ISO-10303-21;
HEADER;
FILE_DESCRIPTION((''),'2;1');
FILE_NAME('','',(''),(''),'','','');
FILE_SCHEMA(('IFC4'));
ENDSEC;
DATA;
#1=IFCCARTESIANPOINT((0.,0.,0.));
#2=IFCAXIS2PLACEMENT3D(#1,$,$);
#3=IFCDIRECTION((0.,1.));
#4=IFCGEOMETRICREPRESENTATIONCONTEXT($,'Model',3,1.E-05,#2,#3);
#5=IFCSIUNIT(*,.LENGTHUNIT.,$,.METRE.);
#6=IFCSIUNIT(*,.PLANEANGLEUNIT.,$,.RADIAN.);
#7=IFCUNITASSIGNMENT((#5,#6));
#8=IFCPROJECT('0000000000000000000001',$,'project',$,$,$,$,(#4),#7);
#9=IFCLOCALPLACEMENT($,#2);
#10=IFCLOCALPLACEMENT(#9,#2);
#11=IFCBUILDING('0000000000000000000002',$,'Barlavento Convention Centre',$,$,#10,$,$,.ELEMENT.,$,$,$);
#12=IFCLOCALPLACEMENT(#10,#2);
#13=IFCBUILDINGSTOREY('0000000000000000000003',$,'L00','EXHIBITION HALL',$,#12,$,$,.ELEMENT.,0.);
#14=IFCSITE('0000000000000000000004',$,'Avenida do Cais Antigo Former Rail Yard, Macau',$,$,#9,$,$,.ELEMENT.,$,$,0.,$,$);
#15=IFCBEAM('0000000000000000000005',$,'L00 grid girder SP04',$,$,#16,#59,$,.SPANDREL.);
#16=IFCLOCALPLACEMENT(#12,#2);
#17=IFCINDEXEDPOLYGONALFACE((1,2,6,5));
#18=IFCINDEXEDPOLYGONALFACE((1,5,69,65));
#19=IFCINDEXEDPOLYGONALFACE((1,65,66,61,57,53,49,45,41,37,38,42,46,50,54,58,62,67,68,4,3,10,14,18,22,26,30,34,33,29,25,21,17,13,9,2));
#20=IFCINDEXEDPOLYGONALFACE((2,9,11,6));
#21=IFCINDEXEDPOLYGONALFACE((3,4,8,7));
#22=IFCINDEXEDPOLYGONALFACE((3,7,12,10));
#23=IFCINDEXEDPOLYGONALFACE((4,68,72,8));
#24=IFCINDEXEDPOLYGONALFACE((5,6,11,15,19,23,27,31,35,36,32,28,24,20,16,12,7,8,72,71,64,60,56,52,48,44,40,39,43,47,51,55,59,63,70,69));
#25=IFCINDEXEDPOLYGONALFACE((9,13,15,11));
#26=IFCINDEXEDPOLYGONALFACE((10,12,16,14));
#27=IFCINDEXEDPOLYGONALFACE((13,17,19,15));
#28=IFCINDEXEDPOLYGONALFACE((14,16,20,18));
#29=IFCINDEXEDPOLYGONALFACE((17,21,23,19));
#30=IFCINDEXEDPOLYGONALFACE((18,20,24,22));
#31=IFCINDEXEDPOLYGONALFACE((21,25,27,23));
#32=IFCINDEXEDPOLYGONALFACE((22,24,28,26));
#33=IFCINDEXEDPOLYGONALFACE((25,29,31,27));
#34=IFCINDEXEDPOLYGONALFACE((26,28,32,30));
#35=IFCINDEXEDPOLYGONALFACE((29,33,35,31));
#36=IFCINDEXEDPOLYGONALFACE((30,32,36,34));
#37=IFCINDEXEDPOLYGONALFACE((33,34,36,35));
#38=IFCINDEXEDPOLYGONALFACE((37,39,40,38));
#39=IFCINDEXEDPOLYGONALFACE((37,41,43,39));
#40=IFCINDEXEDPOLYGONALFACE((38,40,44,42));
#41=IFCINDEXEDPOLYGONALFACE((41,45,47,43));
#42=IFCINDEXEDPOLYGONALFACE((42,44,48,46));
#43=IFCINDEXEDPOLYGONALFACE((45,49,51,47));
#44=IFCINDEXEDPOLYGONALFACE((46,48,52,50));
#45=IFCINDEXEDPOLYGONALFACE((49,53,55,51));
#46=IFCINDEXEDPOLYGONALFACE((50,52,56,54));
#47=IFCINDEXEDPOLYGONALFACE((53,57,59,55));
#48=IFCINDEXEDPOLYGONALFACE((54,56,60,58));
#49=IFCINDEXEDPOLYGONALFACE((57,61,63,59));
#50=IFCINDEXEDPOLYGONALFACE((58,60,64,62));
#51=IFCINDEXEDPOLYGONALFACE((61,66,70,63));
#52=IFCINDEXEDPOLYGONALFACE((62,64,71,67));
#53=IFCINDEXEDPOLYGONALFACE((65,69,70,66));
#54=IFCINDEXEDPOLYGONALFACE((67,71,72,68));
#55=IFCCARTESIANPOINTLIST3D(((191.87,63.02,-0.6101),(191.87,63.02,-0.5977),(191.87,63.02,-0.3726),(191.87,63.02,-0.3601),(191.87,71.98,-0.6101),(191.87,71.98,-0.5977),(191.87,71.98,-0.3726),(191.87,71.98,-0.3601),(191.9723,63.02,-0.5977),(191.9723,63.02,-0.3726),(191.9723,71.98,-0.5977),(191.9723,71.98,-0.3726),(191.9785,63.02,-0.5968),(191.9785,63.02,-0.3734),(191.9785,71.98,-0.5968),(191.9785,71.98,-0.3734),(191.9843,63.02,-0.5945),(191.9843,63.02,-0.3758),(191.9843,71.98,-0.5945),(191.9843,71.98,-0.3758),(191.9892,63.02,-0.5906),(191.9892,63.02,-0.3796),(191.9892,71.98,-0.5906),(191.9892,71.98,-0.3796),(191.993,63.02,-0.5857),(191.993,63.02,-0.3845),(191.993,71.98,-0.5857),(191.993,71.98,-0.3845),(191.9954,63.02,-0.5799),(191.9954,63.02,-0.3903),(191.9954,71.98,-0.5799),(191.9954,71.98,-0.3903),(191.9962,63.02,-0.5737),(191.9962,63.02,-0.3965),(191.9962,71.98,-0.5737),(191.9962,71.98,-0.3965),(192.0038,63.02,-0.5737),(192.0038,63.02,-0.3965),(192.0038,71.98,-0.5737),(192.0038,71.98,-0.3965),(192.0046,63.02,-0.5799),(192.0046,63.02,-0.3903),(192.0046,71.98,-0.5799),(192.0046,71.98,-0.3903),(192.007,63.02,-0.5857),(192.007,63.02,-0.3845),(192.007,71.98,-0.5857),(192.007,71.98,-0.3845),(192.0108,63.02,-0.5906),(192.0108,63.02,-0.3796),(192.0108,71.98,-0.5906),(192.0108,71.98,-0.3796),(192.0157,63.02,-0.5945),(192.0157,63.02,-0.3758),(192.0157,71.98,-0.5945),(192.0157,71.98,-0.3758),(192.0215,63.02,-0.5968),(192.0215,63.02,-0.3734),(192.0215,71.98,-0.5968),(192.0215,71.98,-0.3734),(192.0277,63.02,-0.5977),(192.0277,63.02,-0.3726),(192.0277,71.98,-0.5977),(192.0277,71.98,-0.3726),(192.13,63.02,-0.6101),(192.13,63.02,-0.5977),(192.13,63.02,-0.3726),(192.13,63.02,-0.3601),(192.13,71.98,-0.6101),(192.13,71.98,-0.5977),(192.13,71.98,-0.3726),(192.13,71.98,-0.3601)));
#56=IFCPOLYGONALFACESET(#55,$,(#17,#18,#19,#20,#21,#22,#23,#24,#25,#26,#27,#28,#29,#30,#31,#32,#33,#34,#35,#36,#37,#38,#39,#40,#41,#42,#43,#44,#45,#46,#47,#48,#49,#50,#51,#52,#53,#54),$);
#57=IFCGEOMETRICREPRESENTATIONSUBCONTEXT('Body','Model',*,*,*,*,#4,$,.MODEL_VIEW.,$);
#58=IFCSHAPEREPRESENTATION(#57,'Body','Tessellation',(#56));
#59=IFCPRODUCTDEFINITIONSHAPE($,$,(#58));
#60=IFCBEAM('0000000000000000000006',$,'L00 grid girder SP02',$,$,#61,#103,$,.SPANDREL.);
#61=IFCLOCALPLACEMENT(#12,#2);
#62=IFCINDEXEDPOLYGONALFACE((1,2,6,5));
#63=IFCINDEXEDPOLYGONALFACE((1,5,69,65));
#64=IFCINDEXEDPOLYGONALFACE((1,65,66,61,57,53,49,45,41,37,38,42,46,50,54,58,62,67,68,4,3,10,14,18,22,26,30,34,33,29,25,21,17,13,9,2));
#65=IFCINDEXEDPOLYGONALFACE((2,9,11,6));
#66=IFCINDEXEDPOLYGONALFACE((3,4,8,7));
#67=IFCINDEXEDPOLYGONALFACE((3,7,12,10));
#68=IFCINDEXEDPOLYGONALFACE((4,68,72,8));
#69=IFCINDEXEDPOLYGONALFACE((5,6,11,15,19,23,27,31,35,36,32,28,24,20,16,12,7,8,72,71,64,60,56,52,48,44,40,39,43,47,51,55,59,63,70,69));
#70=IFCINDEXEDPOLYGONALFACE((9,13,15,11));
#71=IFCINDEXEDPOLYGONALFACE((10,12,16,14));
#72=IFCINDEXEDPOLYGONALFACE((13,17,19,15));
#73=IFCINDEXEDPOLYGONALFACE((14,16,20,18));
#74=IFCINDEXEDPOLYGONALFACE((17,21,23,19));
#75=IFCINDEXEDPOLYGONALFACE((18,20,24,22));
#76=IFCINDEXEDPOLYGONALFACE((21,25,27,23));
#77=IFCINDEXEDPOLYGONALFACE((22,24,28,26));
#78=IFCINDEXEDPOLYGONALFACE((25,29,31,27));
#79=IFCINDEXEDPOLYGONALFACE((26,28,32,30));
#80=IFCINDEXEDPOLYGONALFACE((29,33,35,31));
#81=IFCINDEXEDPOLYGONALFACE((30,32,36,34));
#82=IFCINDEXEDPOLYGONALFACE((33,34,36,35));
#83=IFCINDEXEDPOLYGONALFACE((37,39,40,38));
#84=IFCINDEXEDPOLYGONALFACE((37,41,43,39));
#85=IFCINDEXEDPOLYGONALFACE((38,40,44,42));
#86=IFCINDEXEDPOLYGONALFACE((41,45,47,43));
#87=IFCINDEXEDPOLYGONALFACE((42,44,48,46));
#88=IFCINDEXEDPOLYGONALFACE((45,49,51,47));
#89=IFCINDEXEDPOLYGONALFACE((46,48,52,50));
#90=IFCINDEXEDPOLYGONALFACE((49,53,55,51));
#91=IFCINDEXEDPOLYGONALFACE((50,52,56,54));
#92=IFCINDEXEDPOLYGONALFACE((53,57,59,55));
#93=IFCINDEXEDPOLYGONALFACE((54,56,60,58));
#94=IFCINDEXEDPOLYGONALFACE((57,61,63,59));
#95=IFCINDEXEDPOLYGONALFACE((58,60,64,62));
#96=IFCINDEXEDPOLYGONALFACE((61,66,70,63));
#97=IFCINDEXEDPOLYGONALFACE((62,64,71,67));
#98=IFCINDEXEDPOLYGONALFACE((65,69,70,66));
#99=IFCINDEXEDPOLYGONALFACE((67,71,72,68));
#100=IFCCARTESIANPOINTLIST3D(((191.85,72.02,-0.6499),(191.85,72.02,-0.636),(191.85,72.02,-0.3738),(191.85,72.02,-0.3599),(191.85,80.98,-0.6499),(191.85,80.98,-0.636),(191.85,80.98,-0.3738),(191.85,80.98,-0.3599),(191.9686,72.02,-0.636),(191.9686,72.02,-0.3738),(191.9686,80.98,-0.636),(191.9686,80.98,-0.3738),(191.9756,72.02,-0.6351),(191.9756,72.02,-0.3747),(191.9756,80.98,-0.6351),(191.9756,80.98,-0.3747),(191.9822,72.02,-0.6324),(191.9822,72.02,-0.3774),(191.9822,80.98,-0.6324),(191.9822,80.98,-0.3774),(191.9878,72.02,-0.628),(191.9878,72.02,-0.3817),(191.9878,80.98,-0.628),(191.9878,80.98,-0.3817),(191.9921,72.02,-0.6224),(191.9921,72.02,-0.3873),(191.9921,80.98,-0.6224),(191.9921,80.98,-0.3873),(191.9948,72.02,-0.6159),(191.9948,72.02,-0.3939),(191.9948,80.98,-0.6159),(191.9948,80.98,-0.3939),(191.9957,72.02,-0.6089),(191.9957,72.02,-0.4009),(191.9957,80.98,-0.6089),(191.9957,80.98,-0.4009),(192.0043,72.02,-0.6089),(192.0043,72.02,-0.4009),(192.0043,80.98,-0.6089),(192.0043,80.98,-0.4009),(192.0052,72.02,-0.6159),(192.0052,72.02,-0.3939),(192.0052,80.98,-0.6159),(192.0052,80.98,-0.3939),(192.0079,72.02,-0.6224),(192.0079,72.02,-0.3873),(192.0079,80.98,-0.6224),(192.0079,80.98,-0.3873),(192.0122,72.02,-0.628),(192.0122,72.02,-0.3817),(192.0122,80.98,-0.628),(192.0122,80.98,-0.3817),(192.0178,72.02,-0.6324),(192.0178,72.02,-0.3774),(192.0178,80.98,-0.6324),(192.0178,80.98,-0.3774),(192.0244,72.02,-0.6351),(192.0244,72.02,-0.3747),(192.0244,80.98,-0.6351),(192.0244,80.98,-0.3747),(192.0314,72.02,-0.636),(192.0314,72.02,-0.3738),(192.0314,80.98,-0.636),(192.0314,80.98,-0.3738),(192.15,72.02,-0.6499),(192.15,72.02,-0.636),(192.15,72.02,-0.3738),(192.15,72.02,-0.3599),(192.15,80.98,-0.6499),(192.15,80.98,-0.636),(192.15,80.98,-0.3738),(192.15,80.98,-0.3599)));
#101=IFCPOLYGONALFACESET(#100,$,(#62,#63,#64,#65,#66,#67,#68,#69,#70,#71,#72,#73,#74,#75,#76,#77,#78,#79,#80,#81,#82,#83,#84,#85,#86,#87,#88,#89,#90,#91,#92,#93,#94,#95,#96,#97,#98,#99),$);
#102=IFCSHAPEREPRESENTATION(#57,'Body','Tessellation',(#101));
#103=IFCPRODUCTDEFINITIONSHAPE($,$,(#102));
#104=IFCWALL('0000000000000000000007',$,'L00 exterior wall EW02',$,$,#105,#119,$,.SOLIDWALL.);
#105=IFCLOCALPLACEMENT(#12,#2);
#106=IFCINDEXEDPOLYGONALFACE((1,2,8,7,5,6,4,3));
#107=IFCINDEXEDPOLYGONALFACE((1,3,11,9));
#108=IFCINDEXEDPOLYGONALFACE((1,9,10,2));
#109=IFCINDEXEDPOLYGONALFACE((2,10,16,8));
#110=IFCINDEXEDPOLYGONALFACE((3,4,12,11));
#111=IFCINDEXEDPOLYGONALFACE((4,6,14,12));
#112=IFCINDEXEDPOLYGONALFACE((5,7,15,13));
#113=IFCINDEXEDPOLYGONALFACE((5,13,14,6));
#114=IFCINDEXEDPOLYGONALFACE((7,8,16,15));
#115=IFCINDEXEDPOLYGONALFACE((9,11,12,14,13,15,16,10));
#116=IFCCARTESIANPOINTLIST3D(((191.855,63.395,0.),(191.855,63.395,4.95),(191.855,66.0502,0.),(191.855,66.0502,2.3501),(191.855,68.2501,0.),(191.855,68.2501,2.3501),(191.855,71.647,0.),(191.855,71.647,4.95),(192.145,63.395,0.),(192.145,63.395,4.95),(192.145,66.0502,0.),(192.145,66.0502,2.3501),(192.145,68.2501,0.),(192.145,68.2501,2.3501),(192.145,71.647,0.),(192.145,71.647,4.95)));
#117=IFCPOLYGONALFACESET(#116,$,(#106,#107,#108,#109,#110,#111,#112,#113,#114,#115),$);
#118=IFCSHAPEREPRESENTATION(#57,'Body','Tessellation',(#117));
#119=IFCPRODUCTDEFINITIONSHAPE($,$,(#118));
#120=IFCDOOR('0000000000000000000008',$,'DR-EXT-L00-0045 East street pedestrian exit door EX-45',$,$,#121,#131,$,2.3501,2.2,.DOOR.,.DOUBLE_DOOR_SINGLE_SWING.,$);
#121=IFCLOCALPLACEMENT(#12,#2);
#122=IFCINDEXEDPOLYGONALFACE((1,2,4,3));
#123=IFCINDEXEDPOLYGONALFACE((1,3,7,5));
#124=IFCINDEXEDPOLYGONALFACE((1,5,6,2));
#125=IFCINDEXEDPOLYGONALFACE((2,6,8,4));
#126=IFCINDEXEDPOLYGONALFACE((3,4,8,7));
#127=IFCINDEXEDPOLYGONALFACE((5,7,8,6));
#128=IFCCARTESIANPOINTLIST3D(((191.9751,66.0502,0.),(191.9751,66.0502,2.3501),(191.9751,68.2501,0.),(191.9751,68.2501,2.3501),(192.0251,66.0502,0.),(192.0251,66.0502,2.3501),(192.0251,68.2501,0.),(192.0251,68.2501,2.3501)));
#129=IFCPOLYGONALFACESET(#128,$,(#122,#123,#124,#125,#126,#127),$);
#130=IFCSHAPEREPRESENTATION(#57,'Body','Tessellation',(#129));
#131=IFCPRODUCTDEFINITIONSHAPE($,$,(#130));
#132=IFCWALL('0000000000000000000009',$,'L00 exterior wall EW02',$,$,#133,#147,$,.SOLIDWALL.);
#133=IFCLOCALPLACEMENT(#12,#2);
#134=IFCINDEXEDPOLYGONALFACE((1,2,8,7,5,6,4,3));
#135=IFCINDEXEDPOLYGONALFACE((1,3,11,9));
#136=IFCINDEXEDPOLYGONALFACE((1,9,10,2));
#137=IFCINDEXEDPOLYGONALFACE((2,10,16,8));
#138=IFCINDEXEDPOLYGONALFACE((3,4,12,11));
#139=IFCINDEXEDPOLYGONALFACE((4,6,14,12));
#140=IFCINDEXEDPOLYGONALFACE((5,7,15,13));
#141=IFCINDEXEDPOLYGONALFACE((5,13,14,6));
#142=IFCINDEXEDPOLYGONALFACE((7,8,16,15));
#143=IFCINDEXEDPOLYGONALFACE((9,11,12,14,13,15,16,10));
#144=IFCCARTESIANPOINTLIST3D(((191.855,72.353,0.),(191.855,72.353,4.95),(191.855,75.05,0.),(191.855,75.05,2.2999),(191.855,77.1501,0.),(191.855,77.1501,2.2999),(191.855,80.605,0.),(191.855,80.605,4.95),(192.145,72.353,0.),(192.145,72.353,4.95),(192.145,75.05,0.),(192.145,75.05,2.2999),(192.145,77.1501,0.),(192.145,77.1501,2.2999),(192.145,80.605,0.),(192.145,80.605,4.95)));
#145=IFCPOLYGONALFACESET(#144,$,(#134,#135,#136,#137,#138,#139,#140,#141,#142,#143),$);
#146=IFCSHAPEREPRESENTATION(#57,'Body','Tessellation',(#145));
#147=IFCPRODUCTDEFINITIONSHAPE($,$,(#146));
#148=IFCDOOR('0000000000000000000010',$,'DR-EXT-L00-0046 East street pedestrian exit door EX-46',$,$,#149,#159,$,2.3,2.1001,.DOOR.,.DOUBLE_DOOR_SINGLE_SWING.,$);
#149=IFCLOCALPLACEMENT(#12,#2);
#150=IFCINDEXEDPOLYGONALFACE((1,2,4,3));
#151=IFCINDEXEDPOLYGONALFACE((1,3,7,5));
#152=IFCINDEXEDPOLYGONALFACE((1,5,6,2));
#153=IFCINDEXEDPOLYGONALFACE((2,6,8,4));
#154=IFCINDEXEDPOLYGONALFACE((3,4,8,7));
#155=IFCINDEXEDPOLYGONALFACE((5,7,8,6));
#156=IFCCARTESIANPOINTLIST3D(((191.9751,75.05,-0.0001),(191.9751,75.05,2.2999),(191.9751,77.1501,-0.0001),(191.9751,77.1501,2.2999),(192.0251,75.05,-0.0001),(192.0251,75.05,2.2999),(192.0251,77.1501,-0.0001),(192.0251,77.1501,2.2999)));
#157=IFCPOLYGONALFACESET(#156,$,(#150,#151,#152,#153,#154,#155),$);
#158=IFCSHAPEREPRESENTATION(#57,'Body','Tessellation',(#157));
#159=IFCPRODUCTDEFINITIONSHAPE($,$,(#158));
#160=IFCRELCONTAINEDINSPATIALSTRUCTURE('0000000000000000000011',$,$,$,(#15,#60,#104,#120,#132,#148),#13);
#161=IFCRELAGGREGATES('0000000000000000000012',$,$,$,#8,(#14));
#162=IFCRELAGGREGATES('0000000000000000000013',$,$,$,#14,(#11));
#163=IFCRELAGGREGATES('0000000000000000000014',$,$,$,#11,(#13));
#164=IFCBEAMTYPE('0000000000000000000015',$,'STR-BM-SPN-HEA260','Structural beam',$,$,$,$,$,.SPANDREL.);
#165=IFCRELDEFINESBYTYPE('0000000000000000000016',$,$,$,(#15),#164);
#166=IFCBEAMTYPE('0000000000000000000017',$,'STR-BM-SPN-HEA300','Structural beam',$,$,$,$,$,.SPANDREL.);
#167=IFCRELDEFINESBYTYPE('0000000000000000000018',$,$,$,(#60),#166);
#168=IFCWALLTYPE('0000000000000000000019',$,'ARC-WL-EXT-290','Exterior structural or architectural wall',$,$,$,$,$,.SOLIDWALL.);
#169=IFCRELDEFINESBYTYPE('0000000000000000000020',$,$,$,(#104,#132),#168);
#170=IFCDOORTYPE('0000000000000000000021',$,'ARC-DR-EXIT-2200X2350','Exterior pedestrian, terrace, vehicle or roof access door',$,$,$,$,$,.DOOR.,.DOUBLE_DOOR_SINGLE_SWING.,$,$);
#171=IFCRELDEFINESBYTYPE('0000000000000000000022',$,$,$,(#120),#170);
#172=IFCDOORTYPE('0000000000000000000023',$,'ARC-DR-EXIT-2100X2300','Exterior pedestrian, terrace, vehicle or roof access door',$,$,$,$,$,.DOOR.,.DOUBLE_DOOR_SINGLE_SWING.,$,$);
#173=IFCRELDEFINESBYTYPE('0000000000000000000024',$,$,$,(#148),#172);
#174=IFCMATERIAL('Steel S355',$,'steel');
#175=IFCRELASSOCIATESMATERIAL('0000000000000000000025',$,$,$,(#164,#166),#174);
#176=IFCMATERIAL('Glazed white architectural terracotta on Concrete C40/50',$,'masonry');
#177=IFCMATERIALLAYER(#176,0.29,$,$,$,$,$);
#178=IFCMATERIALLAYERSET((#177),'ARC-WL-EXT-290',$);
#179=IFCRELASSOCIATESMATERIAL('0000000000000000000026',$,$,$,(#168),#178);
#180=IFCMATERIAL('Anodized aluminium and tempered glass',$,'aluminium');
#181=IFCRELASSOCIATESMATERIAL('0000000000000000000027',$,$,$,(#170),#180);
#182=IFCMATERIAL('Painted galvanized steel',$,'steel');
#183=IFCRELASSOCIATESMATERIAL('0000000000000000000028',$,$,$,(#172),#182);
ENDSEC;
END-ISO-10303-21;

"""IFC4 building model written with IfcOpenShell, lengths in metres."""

from ifc_helpers import new_model, si_unit, direction, frame, frame_2d, origin, origin_2d, place, context, subcontext, project, spatial, rectangle, i_section, extrude, material, layer, layer_set, material_profile, profile_set, type_object, element, fill, save


model = new_model("IFC4")

# Units and contexts
model_context = context("Model", 3, precision=1e-05, world=origin(), true_north=direction((0.0, 1.0)))
body_context = subcontext(model_context, "Body", "Model", "MODEL_VIEW")
ifc_project = project(units=[si_unit("LENGTHUNIT", "METRE"), si_unit("PLANEANGLEUNIT", "RADIAN")], contexts=[model_context])

# Site, building, storey
site_placement = place(None, origin())
site = spatial("IfcSite", under=ifc_project, at=site_placement, Name="Avenida do Cais Antigo Former Rail Yard, Macau", CompositionType="ELEMENT", RefElevation=0.0)
building_placement = place(site_placement, origin())
building = spatial("IfcBuilding", under=site, at=building_placement, Name="Barlavento Convention Centre", CompositionType="ELEMENT")
storey_placement = place(building_placement, origin())
storey = spatial("IfcBuildingStorey", under=building, at=storey_placement, Name="L00", Description="EXHIBITION HALL", CompositionType="ELEMENT", Elevation=0.0)

# Beams
ifc_material_1 = material(Name="Steel S355", Category="steel")
ifc_material_profile_1 = material_profile(ifc_material_1, i_section(OverallWidth=0.26, OverallDepth=0.25, WebThickness=0.0076, FlangeThickness=0.0125, FilletRadius=0.0239, at=origin_2d()), Name="HEA 260")
ifc_profile_set_1 = profile_set([ifc_material_profile_1], Name="Steel S355")
beam_type_1 = type_object("IfcBeamType", Name="STR-BM-SPN-HEA260", Description="Structural beam", PredefinedType="SPANDREL", material=ifc_profile_set_1)
beam_1_placement = place(storey_placement, frame((192.0, 63.02, -0.4851), z_axis=(0.0, 1.0, 0.0), x_axis=(-1.0, 0.0, 0.0)))
element("IfcBeam", 1, at=beam_1_placement, inside=storey, type_object=beam_type_1, Name="L00 grid girder SP04", PredefinedType="SPANDREL", context=body_context, shape_type="SweptSolid", body=[
    extrude(i_section(OverallWidth=0.26, OverallDepth=0.25, WebThickness=0.0076, FlangeThickness=0.0125, FilletRadius=0.0239, at=origin_2d()), origin(), (0.0, 0.0, 1.0), 8.96),
])
ifc_material_profile_2 = material_profile(ifc_material_1, i_section(OverallWidth=0.3, OverallDepth=0.29, WebThickness=0.0085, FlangeThickness=0.0139, FilletRadius=0.0271, at=origin_2d()), Name="HEA 300")
ifc_profile_set_2 = profile_set([ifc_material_profile_2], Name="Steel S355")
beam_type_2 = type_object("IfcBeamType", Name="STR-BM-SPN-HEA300", Description="Structural beam", PredefinedType="SPANDREL", material=ifc_profile_set_2)
beam_2_placement = place(storey_placement, frame((192.0, 72.02, -0.5049), z_axis=(0.0, 1.0, 0.0), x_axis=(-1.0, 0.0, 0.0)))
element("IfcBeam", 2, at=beam_2_placement, inside=storey, type_object=beam_type_2, Name="L00 grid girder SP02", PredefinedType="SPANDREL", context=body_context, shape_type="SweptSolid", body=[
    extrude(i_section(OverallWidth=0.3, OverallDepth=0.29, WebThickness=0.0085, FlangeThickness=0.0139, FilletRadius=0.0271, at=origin_2d()), origin(), (0.0, 0.0, 1.0), 8.96),
])

# Walls, openings, doors
ifc_material_2 = material(Name="Glazed white architectural terracotta on Concrete C40/50", Category="masonry")
ifc_layer_1 = layer(ifc_material_2, 0.29)
ifc_layer_set_1 = layer_set([ifc_layer_1], Name="ARC-WL-EXT-290")
wall_type_1 = type_object("IfcWallType", Name="ARC-WL-EXT-290", Description="Exterior structural or architectural wall", PredefinedType="SOLIDWALL", material=ifc_layer_set_1)
wall_1_placement = place(storey_placement, frame((192.0, 63.395, 0.0), z_axis=(0.0, 0.0, 1.0), x_axis=(0.0, 1.0, 0.0)))
wall_1 = element("IfcWall", 3, at=wall_1_placement, inside=storey, type_object=wall_type_1, Name="L00 exterior wall EW02", PredefinedType="SOLIDWALL", context=body_context, shape_type="SweptSolid", body=[
    extrude(rectangle(XDim=8.252, YDim=0.29, at=frame_2d((4.126, 0.0))), origin(), (0.0, 0.0, 1.0), 4.95),
])
opening_1_placement = place(wall_1_placement, frame((2.655, 0.0, 0.0)))
opening_1 = element("IfcOpeningElement", 4, at=opening_1_placement, cuts=wall_1, PredefinedType="OPENING", context=body_context, shape_type="SweptSolid", body=[
    extrude(rectangle(XDim=2.2, YDim=2.3501, at=frame_2d((1.1001, 1.175))), frame((0.0, 0.155, 0.0), z_axis=(0.0, -1.0, 0.0), x_axis=(1.0, 0.0, 0.0)), (0.0, 0.0, 1.0), 0.3101),
])
ifc_material_3 = material(Name="Anodized aluminium and tempered glass", Category="aluminium")
door_type_1 = type_object("IfcDoorType", Name="ARC-DR-EXIT-2200X2350", Description="Exterior pedestrian, terrace, vehicle or roof access door", OperationType="DOUBLE_DOOR_SINGLE_SWING", PredefinedType="DOOR", material=ifc_material_3)
door_1_placement = place(opening_1_placement, origin())
door_1 = element("IfcDoor", 5, at=door_1_placement, inside=storey, type_object=door_type_1, Name="DR-EXT-L00-0045 East street pedestrian exit door EX-45", OperationType="DOUBLE_DOOR_SINGLE_SWING", OverallHeight=2.3501, OverallWidth=2.2, PredefinedType="DOOR", context=body_context, shape_type="SweptSolid", body=[
    extrude(rectangle(XDim=2.2, YDim=2.3501, at=frame_2d((1.1001, 1.175))), frame((0.0, 0.0249, 0.0), z_axis=(0.0, -1.0, 0.0), x_axis=(1.0, 0.0, 0.0)), (0.0, 0.0, 1.0), 0.05),
])
fill(opening_1, door_1)
wall_2_placement = place(storey_placement, frame((192.0, 72.353, 0.0), z_axis=(0.0, 0.0, 1.0), x_axis=(0.0, 1.0, 0.0)))
wall_2 = element("IfcWall", 6, at=wall_2_placement, inside=storey, type_object=wall_type_1, Name="L00 exterior wall EW02", PredefinedType="SOLIDWALL", context=body_context, shape_type="SweptSolid", body=[
    extrude(rectangle(XDim=8.252, YDim=0.29, at=frame_2d((4.126, 0.0))), origin(), (0.0, 0.0, 1.0), 4.95),
])
opening_2_placement = place(wall_2_placement, frame((2.697, 0.0, 0.0)))
opening_2 = element("IfcOpeningElement", 7, at=opening_2_placement, cuts=wall_2, PredefinedType="OPENING", context=body_context, shape_type="SweptSolid", body=[
    extrude(rectangle(XDim=2.1001, YDim=2.3, at=frame_2d((1.05, 1.1499))), frame((0.0, 0.155, 0.0), z_axis=(0.0, -1.0, 0.0), x_axis=(1.0, 0.0, 0.0)), (0.0, 0.0, 1.0), 0.3101),
])
ifc_material_4 = material(Name="Painted galvanized steel", Category="steel")
door_type_2 = type_object("IfcDoorType", Name="ARC-DR-EXIT-2100X2300", Description="Exterior pedestrian, terrace, vehicle or roof access door", OperationType="DOUBLE_DOOR_SINGLE_SWING", PredefinedType="DOOR", material=ifc_material_4)
door_2_placement = place(opening_2_placement, origin())
door_2 = element("IfcDoor", 8, at=door_2_placement, inside=storey, type_object=door_type_2, Name="DR-EXT-L00-0046 East street pedestrian exit door EX-46", OperationType="DOUBLE_DOOR_SINGLE_SWING", OverallHeight=2.3, OverallWidth=2.1001, PredefinedType="DOOR", context=body_context, shape_type="SweptSolid", body=[
    extrude(rectangle(XDim=2.1001, YDim=2.3, at=frame_2d((1.05, 1.1499))), frame((0.0, 0.0249, 0.0), z_axis=(0.0, -1.0, 0.0), x_axis=(1.0, 0.0, 0.0)), (0.0, 0.0, 1.0), 0.05),
])
fill(opening_2, door_2)

save(model, "model.ifc")
